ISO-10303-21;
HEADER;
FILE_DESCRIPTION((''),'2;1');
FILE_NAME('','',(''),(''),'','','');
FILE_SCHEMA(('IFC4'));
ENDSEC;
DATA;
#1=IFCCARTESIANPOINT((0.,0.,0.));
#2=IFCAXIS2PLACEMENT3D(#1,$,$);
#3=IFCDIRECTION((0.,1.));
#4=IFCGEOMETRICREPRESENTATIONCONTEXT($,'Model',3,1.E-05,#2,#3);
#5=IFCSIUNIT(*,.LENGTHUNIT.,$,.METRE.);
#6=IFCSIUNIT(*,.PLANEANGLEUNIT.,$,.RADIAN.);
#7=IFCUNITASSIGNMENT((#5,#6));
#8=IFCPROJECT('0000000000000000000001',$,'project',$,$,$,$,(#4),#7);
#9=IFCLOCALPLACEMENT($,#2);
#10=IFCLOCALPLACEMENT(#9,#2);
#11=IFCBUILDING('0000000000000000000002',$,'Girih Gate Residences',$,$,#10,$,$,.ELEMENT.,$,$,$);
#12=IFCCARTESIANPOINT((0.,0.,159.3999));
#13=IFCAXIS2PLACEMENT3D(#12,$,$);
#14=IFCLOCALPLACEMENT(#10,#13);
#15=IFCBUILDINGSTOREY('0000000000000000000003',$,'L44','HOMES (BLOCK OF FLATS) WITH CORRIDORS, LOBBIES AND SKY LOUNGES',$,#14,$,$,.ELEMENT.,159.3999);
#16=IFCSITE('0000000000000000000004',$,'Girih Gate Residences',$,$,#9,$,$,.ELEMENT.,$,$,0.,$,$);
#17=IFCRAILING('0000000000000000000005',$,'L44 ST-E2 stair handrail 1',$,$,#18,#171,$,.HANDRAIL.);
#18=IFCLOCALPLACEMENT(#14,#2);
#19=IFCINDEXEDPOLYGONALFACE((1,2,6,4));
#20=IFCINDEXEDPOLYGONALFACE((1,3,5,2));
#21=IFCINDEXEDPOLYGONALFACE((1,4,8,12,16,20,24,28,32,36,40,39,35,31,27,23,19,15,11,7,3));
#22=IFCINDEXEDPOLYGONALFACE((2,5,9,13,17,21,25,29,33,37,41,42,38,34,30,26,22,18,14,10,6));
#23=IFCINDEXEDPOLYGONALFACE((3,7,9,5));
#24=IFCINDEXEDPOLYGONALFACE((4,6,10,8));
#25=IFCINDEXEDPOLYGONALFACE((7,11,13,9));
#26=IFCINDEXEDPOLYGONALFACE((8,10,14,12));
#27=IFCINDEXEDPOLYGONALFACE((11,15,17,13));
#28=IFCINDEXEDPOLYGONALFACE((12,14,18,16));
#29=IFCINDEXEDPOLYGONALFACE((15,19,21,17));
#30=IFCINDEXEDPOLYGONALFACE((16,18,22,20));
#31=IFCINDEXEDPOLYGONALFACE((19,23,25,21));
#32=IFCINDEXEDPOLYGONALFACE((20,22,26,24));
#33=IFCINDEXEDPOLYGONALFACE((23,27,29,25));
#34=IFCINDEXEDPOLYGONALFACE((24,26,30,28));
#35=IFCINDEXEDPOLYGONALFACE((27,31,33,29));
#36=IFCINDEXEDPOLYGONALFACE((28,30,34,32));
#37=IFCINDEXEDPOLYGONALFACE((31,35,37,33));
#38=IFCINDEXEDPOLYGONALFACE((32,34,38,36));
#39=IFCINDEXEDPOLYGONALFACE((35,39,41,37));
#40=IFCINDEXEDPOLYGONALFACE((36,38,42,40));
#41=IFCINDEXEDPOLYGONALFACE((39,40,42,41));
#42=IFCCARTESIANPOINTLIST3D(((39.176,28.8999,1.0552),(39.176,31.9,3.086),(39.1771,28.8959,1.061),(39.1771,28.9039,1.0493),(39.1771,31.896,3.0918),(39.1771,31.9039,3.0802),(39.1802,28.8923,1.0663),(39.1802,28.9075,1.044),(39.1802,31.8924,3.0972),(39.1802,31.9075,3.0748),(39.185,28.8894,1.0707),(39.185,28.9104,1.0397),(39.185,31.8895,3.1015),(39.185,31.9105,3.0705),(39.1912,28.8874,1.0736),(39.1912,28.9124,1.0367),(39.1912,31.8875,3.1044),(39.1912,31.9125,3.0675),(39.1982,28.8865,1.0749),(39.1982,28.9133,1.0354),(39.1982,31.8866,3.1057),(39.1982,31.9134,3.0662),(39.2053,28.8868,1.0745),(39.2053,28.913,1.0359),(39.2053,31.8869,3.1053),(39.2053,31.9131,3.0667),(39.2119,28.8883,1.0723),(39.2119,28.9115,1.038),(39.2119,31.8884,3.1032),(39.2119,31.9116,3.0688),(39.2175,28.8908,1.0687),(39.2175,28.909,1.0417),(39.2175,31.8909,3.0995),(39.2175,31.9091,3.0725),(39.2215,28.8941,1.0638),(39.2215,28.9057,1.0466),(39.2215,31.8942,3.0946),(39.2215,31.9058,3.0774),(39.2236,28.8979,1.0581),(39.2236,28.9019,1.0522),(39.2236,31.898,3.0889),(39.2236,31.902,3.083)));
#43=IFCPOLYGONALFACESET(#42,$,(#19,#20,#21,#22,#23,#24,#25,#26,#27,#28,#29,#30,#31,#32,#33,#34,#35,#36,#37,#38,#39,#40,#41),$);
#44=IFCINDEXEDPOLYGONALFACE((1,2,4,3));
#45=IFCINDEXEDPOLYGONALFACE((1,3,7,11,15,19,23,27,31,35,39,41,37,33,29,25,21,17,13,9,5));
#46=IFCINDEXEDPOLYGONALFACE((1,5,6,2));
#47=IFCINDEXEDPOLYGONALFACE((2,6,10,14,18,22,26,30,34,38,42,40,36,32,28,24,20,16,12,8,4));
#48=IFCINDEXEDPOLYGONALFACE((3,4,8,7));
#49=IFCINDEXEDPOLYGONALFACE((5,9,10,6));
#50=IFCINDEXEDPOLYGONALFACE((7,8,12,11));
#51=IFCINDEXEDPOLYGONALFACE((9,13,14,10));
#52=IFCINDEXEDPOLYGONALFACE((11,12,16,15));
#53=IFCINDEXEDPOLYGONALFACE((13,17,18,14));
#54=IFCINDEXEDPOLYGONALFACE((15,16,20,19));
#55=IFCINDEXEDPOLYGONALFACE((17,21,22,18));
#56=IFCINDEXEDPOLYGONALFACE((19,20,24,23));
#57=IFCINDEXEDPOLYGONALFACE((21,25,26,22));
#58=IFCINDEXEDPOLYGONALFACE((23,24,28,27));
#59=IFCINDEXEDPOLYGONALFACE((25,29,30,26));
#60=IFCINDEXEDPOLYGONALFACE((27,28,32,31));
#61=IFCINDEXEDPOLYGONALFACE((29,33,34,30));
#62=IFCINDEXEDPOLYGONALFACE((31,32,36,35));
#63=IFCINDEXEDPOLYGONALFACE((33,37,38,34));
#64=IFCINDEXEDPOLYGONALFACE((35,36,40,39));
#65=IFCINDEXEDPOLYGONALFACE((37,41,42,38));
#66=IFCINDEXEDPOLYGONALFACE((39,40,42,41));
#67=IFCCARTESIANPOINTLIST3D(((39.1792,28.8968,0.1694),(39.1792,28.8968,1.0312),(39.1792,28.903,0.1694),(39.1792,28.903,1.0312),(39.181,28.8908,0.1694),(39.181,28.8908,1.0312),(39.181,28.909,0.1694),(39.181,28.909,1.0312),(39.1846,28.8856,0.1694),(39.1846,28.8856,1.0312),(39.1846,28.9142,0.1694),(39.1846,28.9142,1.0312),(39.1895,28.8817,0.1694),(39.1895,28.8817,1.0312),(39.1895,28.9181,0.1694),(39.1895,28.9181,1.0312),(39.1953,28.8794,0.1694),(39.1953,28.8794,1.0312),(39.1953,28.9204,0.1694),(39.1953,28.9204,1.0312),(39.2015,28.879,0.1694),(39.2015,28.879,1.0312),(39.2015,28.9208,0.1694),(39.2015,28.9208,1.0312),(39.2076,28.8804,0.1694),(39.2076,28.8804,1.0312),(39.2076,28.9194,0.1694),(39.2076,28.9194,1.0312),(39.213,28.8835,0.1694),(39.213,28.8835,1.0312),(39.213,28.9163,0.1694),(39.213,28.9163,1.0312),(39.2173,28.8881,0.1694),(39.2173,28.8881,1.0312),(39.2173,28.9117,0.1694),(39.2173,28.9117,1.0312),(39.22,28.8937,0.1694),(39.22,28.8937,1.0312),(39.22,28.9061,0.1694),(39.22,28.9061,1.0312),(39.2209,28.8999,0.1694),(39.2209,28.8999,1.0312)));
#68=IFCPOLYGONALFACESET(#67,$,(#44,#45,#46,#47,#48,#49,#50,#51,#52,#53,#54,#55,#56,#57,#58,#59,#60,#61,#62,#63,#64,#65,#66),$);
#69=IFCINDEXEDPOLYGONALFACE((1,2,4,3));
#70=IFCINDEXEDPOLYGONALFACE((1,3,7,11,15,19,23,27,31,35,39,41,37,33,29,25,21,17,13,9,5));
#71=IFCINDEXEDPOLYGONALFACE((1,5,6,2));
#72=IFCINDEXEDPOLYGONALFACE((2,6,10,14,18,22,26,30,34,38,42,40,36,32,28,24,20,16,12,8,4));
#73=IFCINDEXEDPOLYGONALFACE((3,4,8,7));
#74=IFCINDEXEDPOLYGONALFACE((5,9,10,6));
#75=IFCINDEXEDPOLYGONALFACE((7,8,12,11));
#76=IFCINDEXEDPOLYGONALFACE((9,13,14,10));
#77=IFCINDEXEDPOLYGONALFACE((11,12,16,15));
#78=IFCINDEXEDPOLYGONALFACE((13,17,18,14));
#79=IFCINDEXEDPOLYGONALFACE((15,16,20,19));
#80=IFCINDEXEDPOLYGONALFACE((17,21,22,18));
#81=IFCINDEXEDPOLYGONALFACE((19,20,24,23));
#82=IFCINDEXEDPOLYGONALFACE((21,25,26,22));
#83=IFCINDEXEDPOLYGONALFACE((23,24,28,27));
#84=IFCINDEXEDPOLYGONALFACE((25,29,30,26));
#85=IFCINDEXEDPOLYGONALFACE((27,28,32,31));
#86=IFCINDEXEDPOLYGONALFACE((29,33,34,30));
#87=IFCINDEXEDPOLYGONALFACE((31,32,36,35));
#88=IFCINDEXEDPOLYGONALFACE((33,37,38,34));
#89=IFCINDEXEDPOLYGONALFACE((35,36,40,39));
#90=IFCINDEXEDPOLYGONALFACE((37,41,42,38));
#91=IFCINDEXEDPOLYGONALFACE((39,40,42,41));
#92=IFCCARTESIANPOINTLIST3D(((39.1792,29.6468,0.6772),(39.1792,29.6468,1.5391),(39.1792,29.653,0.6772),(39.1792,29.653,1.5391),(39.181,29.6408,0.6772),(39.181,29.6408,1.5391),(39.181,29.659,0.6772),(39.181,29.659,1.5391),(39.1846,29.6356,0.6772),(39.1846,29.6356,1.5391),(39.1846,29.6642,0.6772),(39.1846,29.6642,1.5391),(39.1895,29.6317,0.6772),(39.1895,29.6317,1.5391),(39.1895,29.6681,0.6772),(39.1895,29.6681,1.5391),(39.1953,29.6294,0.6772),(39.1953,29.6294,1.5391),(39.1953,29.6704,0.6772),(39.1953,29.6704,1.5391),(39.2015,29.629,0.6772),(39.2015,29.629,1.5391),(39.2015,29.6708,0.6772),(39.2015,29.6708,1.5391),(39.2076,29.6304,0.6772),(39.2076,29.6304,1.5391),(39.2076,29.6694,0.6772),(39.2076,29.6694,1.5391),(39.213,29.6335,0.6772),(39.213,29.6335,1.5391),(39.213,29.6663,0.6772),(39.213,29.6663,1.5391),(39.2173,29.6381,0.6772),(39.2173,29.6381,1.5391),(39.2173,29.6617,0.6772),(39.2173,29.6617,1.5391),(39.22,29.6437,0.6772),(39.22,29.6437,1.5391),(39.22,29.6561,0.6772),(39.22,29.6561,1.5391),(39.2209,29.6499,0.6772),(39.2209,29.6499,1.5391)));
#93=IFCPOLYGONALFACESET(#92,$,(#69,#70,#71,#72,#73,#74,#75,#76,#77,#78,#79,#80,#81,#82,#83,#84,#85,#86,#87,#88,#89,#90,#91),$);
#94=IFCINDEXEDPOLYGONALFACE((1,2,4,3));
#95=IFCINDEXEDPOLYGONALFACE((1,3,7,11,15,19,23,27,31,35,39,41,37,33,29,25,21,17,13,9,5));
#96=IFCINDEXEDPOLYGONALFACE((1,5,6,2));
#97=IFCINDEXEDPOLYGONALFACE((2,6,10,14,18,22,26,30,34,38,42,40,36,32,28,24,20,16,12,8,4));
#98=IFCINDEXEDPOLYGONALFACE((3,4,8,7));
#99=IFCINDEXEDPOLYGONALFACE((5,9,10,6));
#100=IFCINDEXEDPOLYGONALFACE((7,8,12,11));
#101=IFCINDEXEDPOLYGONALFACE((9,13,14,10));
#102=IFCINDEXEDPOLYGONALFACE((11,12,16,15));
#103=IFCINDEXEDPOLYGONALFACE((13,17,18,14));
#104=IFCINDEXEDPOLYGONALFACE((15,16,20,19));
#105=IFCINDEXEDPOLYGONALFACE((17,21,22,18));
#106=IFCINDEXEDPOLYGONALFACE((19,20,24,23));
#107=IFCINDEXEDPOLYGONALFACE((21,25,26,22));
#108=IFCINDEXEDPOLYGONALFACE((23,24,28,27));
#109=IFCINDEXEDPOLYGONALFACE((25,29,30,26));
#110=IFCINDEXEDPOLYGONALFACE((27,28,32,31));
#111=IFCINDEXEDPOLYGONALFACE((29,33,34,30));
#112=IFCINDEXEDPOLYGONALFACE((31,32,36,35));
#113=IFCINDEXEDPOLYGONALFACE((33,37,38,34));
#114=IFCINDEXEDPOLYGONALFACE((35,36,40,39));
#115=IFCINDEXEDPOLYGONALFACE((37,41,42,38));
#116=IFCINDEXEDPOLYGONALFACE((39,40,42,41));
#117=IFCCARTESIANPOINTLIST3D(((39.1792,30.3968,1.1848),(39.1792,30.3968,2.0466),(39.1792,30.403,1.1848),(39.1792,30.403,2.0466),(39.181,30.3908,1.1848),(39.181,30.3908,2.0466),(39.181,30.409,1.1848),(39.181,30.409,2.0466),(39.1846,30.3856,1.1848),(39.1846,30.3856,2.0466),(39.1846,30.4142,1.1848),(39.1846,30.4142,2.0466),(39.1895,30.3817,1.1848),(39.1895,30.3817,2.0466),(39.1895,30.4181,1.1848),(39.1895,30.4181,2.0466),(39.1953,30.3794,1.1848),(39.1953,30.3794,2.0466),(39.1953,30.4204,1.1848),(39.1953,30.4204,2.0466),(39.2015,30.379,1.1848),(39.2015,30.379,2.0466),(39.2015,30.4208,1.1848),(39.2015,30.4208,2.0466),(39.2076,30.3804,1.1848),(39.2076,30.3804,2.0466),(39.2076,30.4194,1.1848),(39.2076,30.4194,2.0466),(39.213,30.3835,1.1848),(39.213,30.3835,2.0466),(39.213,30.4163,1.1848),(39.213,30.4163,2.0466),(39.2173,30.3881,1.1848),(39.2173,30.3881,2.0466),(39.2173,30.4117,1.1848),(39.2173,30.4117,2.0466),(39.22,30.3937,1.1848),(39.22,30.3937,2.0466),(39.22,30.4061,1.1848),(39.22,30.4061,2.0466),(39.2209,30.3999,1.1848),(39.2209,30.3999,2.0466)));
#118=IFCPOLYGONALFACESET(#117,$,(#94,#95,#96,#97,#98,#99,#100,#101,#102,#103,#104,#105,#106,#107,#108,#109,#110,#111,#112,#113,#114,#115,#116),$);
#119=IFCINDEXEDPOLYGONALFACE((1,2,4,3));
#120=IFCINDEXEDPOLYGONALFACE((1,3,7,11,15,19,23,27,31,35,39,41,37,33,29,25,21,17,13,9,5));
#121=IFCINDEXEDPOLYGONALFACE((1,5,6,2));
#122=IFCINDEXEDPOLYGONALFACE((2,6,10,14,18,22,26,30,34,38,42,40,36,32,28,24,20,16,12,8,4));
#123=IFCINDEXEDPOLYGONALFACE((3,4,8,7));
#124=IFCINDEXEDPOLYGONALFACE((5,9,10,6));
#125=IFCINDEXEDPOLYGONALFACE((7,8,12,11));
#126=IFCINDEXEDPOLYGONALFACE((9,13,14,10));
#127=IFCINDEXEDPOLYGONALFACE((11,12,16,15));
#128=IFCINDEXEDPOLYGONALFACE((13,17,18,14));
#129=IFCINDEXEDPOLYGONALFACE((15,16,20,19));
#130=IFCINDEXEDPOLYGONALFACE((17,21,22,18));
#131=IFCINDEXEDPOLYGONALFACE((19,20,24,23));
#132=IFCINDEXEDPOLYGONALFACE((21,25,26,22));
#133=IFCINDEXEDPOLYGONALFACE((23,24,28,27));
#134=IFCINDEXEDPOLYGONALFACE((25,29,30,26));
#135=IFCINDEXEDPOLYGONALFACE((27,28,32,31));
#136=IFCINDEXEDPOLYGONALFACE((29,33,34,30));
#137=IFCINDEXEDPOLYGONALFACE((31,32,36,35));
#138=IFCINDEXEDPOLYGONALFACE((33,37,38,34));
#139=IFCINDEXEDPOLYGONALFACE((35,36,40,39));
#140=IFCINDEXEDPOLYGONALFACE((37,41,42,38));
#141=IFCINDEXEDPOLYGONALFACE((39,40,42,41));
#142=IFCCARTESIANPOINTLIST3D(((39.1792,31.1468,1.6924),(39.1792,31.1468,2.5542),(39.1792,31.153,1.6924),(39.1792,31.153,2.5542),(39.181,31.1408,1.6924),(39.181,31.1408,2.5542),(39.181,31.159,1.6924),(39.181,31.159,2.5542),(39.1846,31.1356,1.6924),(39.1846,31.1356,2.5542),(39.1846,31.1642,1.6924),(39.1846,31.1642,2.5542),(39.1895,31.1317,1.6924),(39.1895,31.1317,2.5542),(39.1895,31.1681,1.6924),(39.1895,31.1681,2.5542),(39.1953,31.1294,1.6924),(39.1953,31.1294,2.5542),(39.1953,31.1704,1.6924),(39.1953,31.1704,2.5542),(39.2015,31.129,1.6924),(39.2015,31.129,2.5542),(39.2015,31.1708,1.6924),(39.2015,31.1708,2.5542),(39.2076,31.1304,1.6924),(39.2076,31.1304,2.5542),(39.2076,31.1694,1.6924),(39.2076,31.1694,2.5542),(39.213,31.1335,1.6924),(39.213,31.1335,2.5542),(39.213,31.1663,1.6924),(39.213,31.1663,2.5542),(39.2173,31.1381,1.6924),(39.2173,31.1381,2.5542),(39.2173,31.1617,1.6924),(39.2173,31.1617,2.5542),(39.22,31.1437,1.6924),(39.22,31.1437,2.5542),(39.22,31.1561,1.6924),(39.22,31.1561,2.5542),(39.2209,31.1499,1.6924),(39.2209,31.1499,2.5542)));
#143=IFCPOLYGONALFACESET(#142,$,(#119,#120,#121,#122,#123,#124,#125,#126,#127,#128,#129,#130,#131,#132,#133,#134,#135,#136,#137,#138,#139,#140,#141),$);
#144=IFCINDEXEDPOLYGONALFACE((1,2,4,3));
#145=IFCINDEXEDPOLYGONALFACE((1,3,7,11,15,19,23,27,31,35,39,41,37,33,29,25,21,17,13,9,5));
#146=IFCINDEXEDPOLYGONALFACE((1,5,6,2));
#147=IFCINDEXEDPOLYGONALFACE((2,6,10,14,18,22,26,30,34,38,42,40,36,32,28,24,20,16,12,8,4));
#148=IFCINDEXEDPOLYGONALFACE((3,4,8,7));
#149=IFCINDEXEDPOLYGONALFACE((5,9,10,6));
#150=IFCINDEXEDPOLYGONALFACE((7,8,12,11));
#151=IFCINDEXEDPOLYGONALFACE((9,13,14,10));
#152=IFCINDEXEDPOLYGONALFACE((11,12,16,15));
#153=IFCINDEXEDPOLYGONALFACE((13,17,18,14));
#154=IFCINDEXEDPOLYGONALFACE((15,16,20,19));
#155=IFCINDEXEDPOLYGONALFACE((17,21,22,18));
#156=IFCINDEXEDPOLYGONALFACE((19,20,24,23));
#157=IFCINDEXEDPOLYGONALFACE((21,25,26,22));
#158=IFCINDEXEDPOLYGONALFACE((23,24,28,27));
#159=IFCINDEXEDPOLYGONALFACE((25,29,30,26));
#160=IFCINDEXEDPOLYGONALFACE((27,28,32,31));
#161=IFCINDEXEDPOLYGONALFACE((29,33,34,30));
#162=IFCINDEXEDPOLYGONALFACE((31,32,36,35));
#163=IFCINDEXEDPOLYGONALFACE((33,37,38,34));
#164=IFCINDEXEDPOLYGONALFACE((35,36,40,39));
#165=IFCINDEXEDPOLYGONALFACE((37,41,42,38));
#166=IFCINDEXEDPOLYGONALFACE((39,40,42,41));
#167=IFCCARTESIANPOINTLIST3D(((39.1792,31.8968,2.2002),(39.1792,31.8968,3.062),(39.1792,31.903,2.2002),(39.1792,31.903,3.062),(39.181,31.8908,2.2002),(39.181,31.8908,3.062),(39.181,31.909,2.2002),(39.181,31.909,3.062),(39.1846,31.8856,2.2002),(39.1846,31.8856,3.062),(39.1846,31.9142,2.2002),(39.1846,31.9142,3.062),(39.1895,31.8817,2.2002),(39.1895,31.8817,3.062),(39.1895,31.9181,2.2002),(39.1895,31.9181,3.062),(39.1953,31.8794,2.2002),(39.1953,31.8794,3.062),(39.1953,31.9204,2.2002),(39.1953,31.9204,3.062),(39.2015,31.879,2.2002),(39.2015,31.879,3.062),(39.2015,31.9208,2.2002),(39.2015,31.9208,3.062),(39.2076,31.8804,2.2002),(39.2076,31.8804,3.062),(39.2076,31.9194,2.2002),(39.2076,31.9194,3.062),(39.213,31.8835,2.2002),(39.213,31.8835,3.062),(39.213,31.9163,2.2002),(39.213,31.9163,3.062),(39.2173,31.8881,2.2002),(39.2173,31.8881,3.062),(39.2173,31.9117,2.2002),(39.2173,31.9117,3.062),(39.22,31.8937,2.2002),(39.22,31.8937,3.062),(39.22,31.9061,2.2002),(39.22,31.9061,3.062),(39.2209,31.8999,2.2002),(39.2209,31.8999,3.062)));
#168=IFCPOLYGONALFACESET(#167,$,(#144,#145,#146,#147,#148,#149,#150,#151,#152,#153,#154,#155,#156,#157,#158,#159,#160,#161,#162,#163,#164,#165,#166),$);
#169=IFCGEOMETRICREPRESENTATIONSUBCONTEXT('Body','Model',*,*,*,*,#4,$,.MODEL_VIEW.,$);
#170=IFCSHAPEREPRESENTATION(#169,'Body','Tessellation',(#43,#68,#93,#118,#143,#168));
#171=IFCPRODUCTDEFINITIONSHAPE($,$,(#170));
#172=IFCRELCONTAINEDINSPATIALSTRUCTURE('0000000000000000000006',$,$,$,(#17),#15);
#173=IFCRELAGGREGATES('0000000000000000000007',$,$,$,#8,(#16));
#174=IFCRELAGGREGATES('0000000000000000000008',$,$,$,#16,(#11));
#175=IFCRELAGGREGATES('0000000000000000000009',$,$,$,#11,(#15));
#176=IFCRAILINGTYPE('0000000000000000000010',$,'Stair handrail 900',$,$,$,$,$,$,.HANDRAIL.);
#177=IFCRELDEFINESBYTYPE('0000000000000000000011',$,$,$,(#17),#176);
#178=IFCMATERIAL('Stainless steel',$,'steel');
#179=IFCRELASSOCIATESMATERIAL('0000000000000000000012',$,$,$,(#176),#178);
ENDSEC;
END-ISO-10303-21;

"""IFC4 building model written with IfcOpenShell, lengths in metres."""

from ifc_helpers import new_model, si_unit, direction, frame, origin, origin_2d, place, context, subcontext, project, spatial, circle, extrude, material, type_object, element, save


model = new_model("IFC4")

# Units and contexts
model_context = context("Model", 3, precision=1e-05, world=origin(), true_north=direction((0.0, 1.0)))
body_context = subcontext(model_context, "Body", "Model", "MODEL_VIEW")
ifc_project = project(units=[si_unit("LENGTHUNIT", "METRE"), si_unit("PLANEANGLEUNIT", "RADIAN")], contexts=[model_context])

# Site, building, storey
site_placement = place(None, origin())
site = spatial("IfcSite", under=ifc_project, at=site_placement, Name="Girih Gate Residences", CompositionType="ELEMENT", RefElevation=0.0)
building_placement = place(site_placement, origin())
building = spatial("IfcBuilding", under=site, at=building_placement, Name="Girih Gate Residences", CompositionType="ELEMENT")
storey_placement = place(building_placement, frame((0.0, 0.0, 159.3999)))
storey = spatial("IfcBuildingStorey", under=building, at=storey_placement, Name="L44", Description="HOMES (BLOCK OF FLATS) WITH CORRIDORS, LOBBIES AND SKY LOUNGES", CompositionType="ELEMENT", Elevation=159.3999)

# Shared definitions
ifc_material_1 = material(Name="Stainless steel", Category="steel")

# Railing
railing_type_1 = type_object("IfcRailingType", Name="Stair handrail 900", PredefinedType="HANDRAIL", material=ifc_material_1)
railing_1_placement = place(storey_placement, frame((39.2, 28.8999, 0.1694)))
element("IfcRailing", 1, at=railing_1_placement, inside=storey, type_object=railing_type_1, Name="L44 ST-E2 stair handrail 1", PredefinedType="HANDRAIL", context=body_context, shape_type="SweptSolid", body=[
    extrude(circle(Radius=0.0239, at=origin_2d()), frame((0.0, 0.0, 0.8857), z_axis=(0.0, 0.82811, 0.560565), x_axis=(-1.0, 0.0, 0.0)), (0.0, 0.0, 1.0), 3.6228),
    extrude(circle(Radius=0.021, at=origin_2d()), origin(), (0.0, 0.0, 1.0), 0.8618),
    extrude(circle(Radius=0.021, at=origin_2d()), frame((0.0, 0.75, 0.5078)), (0.0, 0.0, 1.0), 0.8618),
    extrude(circle(Radius=0.021, at=origin_2d()), frame((0.0, 1.5, 1.0154)), (0.0, 0.0, 1.0), 0.8618),
    extrude(circle(Radius=0.021, at=origin_2d()), frame((0.0, 2.25, 1.5229)), (0.0, 0.0, 1.0), 0.8618),
    extrude(circle(Radius=0.021, at=origin_2d()), frame((0.0, 3.0, 2.0308)), (0.0, 0.0, 1.0), 0.8618),
])

save(model, "model.ifc")
